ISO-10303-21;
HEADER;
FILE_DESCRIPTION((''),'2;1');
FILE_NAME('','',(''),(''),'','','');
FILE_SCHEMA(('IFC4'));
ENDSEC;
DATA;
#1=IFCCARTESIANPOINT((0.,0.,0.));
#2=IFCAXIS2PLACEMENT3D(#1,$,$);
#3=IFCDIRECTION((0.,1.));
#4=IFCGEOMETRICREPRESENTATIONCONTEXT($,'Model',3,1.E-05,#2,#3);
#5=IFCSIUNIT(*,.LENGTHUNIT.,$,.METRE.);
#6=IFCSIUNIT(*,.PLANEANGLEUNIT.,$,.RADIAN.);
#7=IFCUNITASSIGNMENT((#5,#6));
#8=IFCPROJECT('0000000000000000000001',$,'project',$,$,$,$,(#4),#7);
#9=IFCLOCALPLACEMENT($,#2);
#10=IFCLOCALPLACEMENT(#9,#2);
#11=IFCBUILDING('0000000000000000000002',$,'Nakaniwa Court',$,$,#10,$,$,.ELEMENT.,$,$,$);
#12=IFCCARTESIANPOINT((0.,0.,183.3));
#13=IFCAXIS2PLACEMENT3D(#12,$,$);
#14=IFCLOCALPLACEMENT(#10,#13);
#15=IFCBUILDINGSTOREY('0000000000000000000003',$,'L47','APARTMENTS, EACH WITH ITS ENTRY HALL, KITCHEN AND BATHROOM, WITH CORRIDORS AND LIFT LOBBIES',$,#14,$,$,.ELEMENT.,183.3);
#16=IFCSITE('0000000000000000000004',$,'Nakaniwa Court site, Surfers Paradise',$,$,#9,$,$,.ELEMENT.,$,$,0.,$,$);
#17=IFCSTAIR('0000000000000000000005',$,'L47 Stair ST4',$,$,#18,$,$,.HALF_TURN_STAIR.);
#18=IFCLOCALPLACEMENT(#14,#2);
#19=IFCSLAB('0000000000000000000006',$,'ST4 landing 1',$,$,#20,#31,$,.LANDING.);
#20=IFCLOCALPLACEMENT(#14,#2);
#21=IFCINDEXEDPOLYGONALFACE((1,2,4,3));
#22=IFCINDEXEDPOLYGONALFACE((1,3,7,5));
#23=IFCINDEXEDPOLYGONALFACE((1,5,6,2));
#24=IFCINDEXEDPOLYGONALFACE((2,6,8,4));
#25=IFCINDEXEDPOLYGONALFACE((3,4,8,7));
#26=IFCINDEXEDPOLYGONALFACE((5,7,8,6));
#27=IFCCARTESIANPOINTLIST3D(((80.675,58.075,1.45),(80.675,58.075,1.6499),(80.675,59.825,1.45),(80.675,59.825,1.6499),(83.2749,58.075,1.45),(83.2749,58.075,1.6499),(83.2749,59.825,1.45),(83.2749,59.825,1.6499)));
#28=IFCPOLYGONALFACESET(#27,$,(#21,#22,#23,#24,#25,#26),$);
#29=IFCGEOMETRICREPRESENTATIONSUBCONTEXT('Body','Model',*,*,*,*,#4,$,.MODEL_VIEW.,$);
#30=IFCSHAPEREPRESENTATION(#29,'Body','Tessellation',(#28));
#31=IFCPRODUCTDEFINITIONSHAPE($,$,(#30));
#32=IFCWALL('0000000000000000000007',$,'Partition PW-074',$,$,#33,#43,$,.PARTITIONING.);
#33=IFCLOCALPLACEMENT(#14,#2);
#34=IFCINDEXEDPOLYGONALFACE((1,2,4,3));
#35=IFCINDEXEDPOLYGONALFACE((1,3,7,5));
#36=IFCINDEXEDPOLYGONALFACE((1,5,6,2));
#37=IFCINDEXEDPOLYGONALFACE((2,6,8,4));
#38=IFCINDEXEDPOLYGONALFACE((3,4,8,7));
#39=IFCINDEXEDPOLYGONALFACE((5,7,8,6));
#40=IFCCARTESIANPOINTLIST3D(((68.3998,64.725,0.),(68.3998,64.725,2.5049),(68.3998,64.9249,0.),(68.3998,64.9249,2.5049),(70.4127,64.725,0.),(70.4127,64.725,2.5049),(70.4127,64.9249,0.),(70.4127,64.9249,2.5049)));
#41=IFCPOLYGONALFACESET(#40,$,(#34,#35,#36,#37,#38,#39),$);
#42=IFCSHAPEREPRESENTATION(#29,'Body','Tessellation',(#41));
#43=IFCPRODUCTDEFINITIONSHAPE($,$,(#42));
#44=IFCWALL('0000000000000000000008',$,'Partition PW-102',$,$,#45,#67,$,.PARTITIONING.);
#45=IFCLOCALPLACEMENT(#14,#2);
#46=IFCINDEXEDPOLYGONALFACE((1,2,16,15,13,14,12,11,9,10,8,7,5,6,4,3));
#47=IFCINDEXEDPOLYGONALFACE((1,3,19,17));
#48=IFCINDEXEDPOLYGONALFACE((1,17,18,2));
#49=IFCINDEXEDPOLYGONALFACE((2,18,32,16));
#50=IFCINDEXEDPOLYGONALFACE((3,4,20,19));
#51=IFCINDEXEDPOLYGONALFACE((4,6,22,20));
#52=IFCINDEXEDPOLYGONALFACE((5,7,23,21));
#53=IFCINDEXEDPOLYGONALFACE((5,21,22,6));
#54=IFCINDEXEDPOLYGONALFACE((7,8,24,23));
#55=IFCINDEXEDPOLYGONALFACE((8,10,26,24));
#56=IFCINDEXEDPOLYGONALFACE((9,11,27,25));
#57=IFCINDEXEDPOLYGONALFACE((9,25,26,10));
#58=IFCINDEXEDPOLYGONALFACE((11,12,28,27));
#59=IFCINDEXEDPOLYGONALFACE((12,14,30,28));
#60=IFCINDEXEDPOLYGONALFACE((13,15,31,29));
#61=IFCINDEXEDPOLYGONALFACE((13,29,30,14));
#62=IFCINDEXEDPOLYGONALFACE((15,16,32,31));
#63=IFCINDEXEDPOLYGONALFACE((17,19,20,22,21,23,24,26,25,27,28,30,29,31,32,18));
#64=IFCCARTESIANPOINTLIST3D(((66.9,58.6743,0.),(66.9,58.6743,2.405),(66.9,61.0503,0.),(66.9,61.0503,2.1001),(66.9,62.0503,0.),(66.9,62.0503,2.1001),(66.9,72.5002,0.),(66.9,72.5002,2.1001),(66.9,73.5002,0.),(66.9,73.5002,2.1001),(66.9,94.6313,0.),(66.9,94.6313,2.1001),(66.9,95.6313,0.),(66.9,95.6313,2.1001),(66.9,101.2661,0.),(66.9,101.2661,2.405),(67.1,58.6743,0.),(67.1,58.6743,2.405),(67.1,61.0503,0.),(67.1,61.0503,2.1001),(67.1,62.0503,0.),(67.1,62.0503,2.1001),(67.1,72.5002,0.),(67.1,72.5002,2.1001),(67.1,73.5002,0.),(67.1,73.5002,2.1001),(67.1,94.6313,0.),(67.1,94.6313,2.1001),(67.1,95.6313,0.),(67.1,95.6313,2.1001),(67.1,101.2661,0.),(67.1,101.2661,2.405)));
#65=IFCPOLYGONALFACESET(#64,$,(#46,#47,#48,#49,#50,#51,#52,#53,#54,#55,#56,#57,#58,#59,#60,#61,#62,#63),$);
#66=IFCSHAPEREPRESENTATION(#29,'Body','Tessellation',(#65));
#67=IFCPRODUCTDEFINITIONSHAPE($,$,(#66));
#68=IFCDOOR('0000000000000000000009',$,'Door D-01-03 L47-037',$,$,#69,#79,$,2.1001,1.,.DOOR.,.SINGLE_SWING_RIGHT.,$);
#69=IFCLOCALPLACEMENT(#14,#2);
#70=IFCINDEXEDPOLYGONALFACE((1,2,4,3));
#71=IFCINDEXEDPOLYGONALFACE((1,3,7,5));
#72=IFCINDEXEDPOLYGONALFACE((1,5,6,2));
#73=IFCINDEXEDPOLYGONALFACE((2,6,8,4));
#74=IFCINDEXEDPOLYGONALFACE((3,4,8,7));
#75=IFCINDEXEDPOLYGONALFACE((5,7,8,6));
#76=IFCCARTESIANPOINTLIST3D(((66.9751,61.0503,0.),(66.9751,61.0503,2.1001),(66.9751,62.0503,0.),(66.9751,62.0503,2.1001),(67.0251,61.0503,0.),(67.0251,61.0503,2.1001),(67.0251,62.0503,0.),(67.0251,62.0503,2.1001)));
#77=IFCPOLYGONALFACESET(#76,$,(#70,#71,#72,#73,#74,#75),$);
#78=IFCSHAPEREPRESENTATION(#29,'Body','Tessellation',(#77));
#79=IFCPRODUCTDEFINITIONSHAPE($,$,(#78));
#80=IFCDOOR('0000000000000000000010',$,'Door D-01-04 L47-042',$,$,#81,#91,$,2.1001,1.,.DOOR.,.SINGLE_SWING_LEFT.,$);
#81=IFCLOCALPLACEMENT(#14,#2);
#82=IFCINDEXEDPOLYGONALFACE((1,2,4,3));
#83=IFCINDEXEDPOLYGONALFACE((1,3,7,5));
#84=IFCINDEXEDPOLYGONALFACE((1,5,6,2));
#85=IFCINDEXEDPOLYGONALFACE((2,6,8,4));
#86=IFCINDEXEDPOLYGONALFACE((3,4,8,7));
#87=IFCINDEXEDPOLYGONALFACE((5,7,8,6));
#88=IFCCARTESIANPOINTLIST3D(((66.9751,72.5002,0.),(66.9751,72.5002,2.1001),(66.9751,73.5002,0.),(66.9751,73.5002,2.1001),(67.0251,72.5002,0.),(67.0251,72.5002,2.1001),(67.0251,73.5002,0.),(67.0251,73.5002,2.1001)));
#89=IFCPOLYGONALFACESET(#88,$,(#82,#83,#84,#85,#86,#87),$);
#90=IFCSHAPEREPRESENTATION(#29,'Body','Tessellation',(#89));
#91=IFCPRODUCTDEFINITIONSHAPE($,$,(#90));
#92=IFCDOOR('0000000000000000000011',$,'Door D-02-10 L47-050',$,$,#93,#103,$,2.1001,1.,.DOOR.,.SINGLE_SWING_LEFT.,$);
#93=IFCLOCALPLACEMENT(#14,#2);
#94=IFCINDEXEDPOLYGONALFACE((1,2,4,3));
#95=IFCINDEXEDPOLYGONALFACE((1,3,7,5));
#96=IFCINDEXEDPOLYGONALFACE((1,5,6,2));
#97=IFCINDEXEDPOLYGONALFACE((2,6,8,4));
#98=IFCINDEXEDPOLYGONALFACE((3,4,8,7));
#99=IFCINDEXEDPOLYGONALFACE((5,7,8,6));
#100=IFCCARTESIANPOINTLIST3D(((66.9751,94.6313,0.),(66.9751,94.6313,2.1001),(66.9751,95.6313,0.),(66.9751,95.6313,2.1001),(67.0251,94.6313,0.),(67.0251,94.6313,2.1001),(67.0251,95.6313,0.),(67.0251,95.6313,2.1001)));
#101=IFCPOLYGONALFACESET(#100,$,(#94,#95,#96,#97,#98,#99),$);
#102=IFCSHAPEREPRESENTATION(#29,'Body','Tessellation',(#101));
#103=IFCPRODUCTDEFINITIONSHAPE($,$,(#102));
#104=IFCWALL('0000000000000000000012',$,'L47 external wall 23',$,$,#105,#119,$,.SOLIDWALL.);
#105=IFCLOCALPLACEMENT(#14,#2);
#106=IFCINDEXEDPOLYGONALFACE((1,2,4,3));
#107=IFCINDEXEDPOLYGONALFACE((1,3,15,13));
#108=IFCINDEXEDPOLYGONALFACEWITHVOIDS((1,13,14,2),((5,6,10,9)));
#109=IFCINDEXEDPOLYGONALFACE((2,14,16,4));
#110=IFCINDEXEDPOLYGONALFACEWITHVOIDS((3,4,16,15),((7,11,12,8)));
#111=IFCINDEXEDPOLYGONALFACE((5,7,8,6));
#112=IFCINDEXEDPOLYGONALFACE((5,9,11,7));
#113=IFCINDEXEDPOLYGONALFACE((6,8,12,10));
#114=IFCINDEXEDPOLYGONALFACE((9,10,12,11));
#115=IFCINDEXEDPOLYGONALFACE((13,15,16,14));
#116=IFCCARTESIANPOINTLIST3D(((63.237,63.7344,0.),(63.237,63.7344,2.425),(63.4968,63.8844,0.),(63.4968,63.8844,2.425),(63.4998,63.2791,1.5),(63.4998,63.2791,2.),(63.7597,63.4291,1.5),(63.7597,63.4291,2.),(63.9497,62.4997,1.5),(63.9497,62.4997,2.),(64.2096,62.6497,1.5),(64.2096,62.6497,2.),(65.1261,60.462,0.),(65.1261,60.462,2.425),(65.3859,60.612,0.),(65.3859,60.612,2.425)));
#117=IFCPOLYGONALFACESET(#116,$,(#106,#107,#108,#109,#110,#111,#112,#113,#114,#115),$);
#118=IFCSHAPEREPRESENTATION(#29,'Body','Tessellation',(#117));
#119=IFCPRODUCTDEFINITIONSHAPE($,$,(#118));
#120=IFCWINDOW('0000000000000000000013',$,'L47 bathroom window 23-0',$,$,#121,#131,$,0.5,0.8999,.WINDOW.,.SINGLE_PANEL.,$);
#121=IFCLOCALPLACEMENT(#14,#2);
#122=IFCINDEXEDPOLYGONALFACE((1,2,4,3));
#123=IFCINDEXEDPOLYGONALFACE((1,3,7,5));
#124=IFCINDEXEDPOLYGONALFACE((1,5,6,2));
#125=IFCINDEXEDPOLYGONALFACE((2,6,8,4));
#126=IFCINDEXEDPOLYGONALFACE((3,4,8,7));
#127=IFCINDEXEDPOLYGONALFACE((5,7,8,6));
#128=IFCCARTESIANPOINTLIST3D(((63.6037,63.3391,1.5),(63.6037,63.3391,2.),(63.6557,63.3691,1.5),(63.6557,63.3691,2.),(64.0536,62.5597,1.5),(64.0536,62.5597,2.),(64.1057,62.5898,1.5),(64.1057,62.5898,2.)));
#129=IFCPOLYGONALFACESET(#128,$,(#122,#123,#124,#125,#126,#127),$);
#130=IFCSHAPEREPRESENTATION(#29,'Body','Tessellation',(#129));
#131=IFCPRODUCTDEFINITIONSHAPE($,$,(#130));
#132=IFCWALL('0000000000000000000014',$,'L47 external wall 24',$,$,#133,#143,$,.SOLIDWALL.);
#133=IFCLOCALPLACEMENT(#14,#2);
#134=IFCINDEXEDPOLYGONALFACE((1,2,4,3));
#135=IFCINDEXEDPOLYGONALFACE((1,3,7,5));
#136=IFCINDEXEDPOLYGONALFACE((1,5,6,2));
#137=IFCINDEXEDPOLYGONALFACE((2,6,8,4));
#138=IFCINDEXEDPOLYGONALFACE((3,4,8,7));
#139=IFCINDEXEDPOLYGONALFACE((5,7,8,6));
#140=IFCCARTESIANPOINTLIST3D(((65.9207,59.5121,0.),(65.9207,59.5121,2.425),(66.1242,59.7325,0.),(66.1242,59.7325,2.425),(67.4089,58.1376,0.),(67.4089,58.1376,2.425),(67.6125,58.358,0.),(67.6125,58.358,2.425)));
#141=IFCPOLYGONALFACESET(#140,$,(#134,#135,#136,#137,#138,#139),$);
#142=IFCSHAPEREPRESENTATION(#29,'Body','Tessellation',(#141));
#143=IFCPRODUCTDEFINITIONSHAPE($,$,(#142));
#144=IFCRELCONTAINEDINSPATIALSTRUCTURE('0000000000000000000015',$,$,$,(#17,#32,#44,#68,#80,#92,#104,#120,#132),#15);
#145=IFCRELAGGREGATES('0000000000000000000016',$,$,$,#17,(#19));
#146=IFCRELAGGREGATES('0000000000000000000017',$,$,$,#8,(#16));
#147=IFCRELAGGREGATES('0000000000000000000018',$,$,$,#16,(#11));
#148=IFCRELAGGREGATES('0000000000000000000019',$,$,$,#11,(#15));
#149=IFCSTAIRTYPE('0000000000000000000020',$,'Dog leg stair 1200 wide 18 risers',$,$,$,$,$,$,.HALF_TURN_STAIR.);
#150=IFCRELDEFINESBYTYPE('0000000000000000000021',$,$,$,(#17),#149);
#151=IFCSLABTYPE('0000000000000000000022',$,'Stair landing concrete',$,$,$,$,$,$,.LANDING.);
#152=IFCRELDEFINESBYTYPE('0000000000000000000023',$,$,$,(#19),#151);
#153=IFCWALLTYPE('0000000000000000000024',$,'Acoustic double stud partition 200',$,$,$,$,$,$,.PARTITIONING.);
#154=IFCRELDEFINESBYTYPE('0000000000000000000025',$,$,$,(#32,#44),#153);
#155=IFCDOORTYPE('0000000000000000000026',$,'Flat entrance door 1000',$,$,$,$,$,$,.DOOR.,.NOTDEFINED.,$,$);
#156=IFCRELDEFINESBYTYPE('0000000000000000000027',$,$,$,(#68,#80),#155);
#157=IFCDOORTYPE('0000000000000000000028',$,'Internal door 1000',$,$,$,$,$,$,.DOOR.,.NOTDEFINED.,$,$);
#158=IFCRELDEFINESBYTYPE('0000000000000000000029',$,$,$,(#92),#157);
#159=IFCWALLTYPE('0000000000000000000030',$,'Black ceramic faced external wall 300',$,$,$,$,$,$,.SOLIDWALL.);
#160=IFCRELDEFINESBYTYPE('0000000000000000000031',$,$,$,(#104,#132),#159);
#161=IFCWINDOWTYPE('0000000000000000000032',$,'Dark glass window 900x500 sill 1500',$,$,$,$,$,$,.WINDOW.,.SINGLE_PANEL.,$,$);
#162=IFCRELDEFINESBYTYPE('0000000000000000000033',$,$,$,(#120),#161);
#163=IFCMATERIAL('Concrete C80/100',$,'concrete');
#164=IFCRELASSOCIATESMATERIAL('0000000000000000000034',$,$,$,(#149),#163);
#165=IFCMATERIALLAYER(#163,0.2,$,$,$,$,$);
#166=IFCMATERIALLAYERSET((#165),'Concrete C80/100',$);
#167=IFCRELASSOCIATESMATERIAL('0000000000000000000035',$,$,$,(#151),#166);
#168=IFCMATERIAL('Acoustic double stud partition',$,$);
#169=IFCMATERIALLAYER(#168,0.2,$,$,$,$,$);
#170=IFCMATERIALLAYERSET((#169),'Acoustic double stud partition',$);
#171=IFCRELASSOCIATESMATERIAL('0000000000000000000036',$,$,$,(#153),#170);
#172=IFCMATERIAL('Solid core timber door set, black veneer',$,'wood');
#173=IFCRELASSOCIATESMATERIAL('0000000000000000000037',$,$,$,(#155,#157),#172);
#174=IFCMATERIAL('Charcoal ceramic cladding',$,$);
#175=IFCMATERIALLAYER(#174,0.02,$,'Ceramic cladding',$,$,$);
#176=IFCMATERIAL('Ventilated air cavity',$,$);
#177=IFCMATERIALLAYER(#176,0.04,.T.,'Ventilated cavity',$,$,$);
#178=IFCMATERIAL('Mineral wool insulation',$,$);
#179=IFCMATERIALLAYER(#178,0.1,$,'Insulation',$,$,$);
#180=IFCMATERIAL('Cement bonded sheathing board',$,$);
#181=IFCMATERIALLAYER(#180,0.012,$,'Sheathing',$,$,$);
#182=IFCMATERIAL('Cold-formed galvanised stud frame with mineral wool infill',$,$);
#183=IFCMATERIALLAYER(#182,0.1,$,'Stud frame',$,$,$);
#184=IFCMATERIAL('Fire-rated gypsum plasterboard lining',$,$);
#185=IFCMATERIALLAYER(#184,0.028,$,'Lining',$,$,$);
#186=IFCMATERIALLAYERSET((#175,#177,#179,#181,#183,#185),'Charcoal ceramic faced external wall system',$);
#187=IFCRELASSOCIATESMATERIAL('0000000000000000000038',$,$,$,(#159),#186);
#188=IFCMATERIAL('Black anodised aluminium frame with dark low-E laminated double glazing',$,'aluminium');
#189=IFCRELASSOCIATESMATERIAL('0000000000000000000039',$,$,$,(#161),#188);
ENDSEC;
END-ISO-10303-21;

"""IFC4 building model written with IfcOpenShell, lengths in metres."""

from ifc_helpers import new_model, si_unit, direction, frame, frame_2d, origin, place, context, subcontext, project, spatial, polyline, rectangle, outline, extrude, material, layer, layer_set, type_object, element, fill, aggregate, save


model = new_model("IFC4")

# Units and contexts
model_context = context("Model", 3, precision=1e-05, world=origin(), true_north=direction((0.0, 1.0)))
body_context = subcontext(model_context, "Body", "Model", "MODEL_VIEW")
ifc_project = project(units=[si_unit("LENGTHUNIT", "METRE"), si_unit("PLANEANGLEUNIT", "RADIAN")], contexts=[model_context])

# Site, building, storey
site_placement = place(None, origin())
site = spatial("IfcSite", under=ifc_project, at=site_placement, Name="Nakaniwa Court site, Surfers Paradise", CompositionType="ELEMENT", RefElevation=0.0)
building_placement = place(site_placement, origin())
building = spatial("IfcBuilding", under=site, at=building_placement, Name="Nakaniwa Court", CompositionType="ELEMENT")
storey_placement = place(building_placement, frame((0.0, 0.0, 183.3)))
storey = spatial("IfcBuildingStorey", under=building, at=storey_placement, Name="L47", Description="APARTMENTS, EACH WITH ITS ENTRY HALL, KITCHEN AND BATHROOM, WITH CORRIDORS AND LIFT LOBBIES", CompositionType="ELEMENT", Elevation=183.3)

# Shared definitions
ifc_material_1 = material(Name="Concrete C80/100", Category="concrete")

# Stair, slab
stair_type = type_object("IfcStairType", Name="Dog leg stair 1200 wide 18 risers", PredefinedType="HALF_TURN_STAIR", material=ifc_material_1)
ifc_layer_1 = layer(ifc_material_1, 0.2)
ifc_layer_set_1 = layer_set([ifc_layer_1], Name="Concrete C80/100")
slab_type_1 = type_object("IfcSlabType", Name="Stair landing concrete", PredefinedType="LANDING", material=ifc_layer_set_1)
stair_1_placement = place(storey_placement, origin())
stair_1 = element("IfcStair", 1, at=stair_1_placement, inside=storey, type_object=stair_type, Name="L47 Stair ST4", PredefinedType="HALF_TURN_STAIR")
slab_1_placement = place(storey_placement, frame((0.0, 0.0, 1.45)))
slab_1 = element("IfcSlab", 2, at=slab_1_placement, type_object=slab_type_1, Name="ST4 landing 1", PredefinedType="LANDING", context=body_context, shape_type="SweptSolid", body=[
    extrude(outline(polyline([(83.2749, 58.075), (83.2749, 59.825), (80.675, 59.825), (80.675, 58.075), (83.2749, 58.075)])), origin(), (0.0, 0.0, 1.0), 0.2),
])
aggregate(stair_1, [slab_1])

# Wall
ifc_material_2 = material(Name="Acoustic double stud partition")
ifc_layer_2 = layer(ifc_material_2, 0.2)
ifc_layer_set_2 = layer_set([ifc_layer_2], Name="Acoustic double stud partition")
wall_type_1 = type_object("IfcWallType", Name="Acoustic double stud partition 200", PredefinedType="PARTITIONING", material=ifc_layer_set_2)
wall_1_placement = place(storey_placement, frame((68.3999, 64.825, 0.0), z_axis=(0.0, 0.0, 1.0), x_axis=(1.0, 0.0, 0.0)))
element("IfcWall", 3, at=wall_1_placement, inside=storey, type_object=wall_type_1, Name="Partition PW-074", PredefinedType="PARTITIONING", context=body_context, shape_type="SweptSolid", body=[
    extrude(rectangle(XDim=2.0129, YDim=0.2, at=frame_2d((1.0063, 0.0))), origin(), (0.0, 0.0, 1.0), 2.5049),
])

# Wall, openings, doors
wall_2_placement = place(storey_placement, frame((67.0, 58.6743, 0.0), z_axis=(0.0, 0.0, 1.0), x_axis=(0.0, 1.0, 0.0)))
wall_2 = element("IfcWall", 4, at=wall_2_placement, inside=storey, type_object=wall_type_1, Name="Partition PW-102", PredefinedType="PARTITIONING", context=body_context, shape_type="SweptSolid", body=[
    extrude(rectangle(XDim=42.5918, YDim=0.2, at=frame_2d((21.2959, 0.0))), origin(), (0.0, 0.0, 1.0), 2.405),
])
opening_1_placement = place(wall_2_placement, frame((2.376, 0.0, 0.0)))
opening_1 = element("IfcOpeningElement", 5, at=opening_1_placement, cuts=wall_2, PredefinedType="OPENING", context=body_context, shape_type="SweptSolid", body=[
    extrude(rectangle(XDim=1.0, YDim=2.1001, at=frame_2d((0.5, 1.05))), frame((0.0, 0.1099, 0.0), z_axis=(0.0, -1.0, 0.0), x_axis=(1.0, 0.0, 0.0)), (0.0, 0.0, 1.0), 0.22),
])
opening_2_placement = place(wall_2_placement, frame((13.8259, 0.0, 0.0)))
opening_2 = element("IfcOpeningElement", 6, at=opening_2_placement, cuts=wall_2, PredefinedType="OPENING", context=body_context, shape_type="SweptSolid", body=[
    extrude(rectangle(XDim=1.0, YDim=2.1001, at=frame_2d((0.5, 1.05))), frame((0.0, 0.1099, 0.0), z_axis=(0.0, -1.0, 0.0), x_axis=(1.0, 0.0, 0.0)), (0.0, 0.0, 1.0), 0.22),
])
opening_3_placement = place(wall_2_placement, frame((35.957, 0.0, 0.0)))
opening_3 = element("IfcOpeningElement", 7, at=opening_3_placement, cuts=wall_2, PredefinedType="OPENING", context=body_context, shape_type="SweptSolid", body=[
    extrude(rectangle(XDim=1.0, YDim=2.1001, at=frame_2d((0.5, 1.05))), frame((0.0, 0.1099, 0.0), z_axis=(0.0, -1.0, 0.0), x_axis=(1.0, 0.0, 0.0)), (0.0, 0.0, 1.0), 0.22),
])
ifc_material_3 = material(Name="Solid core timber door set, black veneer", Category="wood")
door_type_1 = type_object("IfcDoorType", Name="Flat entrance door 1000", OperationType="NOTDEFINED", PredefinedType="DOOR", material=ifc_material_3)
door_1_placement = place(opening_1_placement, origin())
door_1 = element("IfcDoor", 8, at=door_1_placement, inside=storey, type_object=door_type_1, Name="Door D-01-03 L47-037", OperationType="SINGLE_SWING_RIGHT", OverallHeight=2.1001, OverallWidth=1.0, PredefinedType="DOOR", context=body_context, shape_type="SweptSolid", body=[
    extrude(rectangle(XDim=1.0, YDim=2.1001, at=frame_2d((0.5, 1.05))), frame((0.0, 0.0249, 0.0), z_axis=(0.0, -1.0, 0.0), x_axis=(1.0, 0.0, 0.0)), (0.0, 0.0, 1.0), 0.05),
])
fill(opening_1, door_1)
door_2_placement = place(opening_2_placement, origin())
door_2 = element("IfcDoor", 9, at=door_2_placement, inside=storey, type_object=door_type_1, Name="Door D-01-04 L47-042", OperationType="SINGLE_SWING_LEFT", OverallHeight=2.1001, OverallWidth=1.0, PredefinedType="DOOR", context=body_context, shape_type="SweptSolid", body=[
    extrude(rectangle(XDim=1.0, YDim=2.1001, at=frame_2d((0.5, 1.05))), frame((0.0, 0.0249, 0.0), z_axis=(0.0, -1.0, 0.0), x_axis=(1.0, 0.0, 0.0)), (0.0, 0.0, 1.0), 0.05),
])
fill(opening_2, door_2)
door_type_2 = type_object("IfcDoorType", Name="Internal door 1000", OperationType="NOTDEFINED", PredefinedType="DOOR", material=ifc_material_3)
door_3_placement = place(opening_3_placement, origin())
door_3 = element("IfcDoor", 10, at=door_3_placement, inside=storey, type_object=door_type_2, Name="Door D-02-10 L47-050", OperationType="SINGLE_SWING_LEFT", OverallHeight=2.1001, OverallWidth=1.0, PredefinedType="DOOR", context=body_context, shape_type="SweptSolid", body=[
    extrude(rectangle(XDim=1.0, YDim=2.1001, at=frame_2d((0.5, 1.05))), frame((0.0, 0.0249, 0.0), z_axis=(0.0, -1.0, 0.0), x_axis=(1.0, 0.0, 0.0)), (0.0, 0.0, 1.0), 0.05),
])
fill(opening_3, door_3)

# Wall, opening, window
ifc_material_4 = material(Name="Charcoal ceramic cladding")
ifc_layer_3 = layer(ifc_material_4, 0.02, Name="Ceramic cladding")
ifc_material_5 = material(Name="Ventilated air cavity")
ifc_layer_4 = layer(ifc_material_5, 0.04, ventilated=True, Name="Ventilated cavity")
ifc_material_6 = material(Name="Mineral wool insulation")
ifc_layer_5 = layer(ifc_material_6, 0.1, Name="Insulation")
ifc_material_7 = material(Name="Cement bonded sheathing board")
ifc_layer_6 = layer(ifc_material_7, 0.012, Name="Sheathing")
ifc_material_8 = material(Name="Cold-formed galvanised stud frame with mineral wool infill")
ifc_layer_7 = layer(ifc_material_8, 0.1, Name="Stud frame")
ifc_material_9 = material(Name="Fire-rated gypsum plasterboard lining")
ifc_layer_8 = layer(ifc_material_9, 0.028, Name="Lining")
ifc_layer_set_3 = layer_set([ifc_layer_3, ifc_layer_4, ifc_layer_5, ifc_layer_6, ifc_layer_7, ifc_layer_8], Name="Charcoal ceramic faced external wall system")
wall_type_2 = type_object("IfcWallType", Name="Black ceramic faced external wall 300", PredefinedType="SOLIDWALL", material=ifc_layer_set_3)
wall_3_placement = place(storey_placement, frame((63.3669, 63.8093, 0.0), z_axis=(0.0, 0.0, 1.0), x_axis=(0.499961, -0.866048, 0.0)))
wall_3 = element("IfcWall", 11, at=wall_3_placement, inside=storey, type_object=wall_type_2, Name="L47 external wall 23", PredefinedType="SOLIDWALL", context=body_context, shape_type="SweptSolid", body=[
    extrude(rectangle(XDim=3.7786, YDim=0.3, at=frame_2d((1.8892, 0.0))), origin(), (0.0, 0.0, 1.0), 2.425),
])
opening_4_placement = place(wall_3_placement, frame((0.5256, 0.0, 1.5)))
opening_4 = element("IfcOpeningElement", 12, at=opening_4_placement, cuts=wall_3, PredefinedType="OPENING", context=body_context, shape_type="SweptSolid", body=[
    extrude(rectangle(XDim=0.8999, YDim=0.5, at=frame_2d((0.45, 0.25))), frame((0.0, 0.1599, 0.0), z_axis=(0.0, -1.0, 0.0), x_axis=(1.0, 0.0, 0.0)), (0.0, 0.0, 1.0), 0.3201),
])
ifc_material_10 = material(Name="Black anodised aluminium frame with dark low-E laminated double glazing", Category="aluminium")
window_type_1 = type_object("IfcWindowType", Name="Dark glass window 900x500 sill 1500", PartitioningType="SINGLE_PANEL", PredefinedType="WINDOW", material=ifc_material_10)
window_1_placement = place(opening_4_placement, origin())
window_1 = element("IfcWindow", 13, at=window_1_placement, inside=storey, type_object=window_type_1, Name="L47 bathroom window 23-0", OverallHeight=0.5, OverallWidth=0.8999, PartitioningType="SINGLE_PANEL", PredefinedType="WINDOW", context=body_context, shape_type="SweptSolid", body=[
    extrude(rectangle(XDim=0.8999, YDim=0.5, at=frame_2d((0.45, 0.25))), frame((0.0, 0.03, 0.0), z_axis=(0.0, -1.0, 0.0), x_axis=(1.0, 0.0, 0.0)), (0.0, 0.0, 1.0), 0.0601),
])
fill(opening_4, window_1)

# Wall
wall_4_placement = place(storey_placement, frame((66.0225, 59.6223, 0.0), z_axis=(0.0, 0.0, 1.0), x_axis=(0.734628, -0.67847, 0.0)))
element("IfcWall", 14, at=wall_4_placement, inside=storey, type_object=wall_type_2, Name="L47 external wall 24", PredefinedType="SOLIDWALL", context=body_context, shape_type="SweptSolid", body=[
    extrude(rectangle(XDim=2.0259, YDim=0.3, at=frame_2d((1.0129, 0.0))), origin(), (0.0, 0.0, 1.0), 2.425),
])

save(model, "model.ifc")
